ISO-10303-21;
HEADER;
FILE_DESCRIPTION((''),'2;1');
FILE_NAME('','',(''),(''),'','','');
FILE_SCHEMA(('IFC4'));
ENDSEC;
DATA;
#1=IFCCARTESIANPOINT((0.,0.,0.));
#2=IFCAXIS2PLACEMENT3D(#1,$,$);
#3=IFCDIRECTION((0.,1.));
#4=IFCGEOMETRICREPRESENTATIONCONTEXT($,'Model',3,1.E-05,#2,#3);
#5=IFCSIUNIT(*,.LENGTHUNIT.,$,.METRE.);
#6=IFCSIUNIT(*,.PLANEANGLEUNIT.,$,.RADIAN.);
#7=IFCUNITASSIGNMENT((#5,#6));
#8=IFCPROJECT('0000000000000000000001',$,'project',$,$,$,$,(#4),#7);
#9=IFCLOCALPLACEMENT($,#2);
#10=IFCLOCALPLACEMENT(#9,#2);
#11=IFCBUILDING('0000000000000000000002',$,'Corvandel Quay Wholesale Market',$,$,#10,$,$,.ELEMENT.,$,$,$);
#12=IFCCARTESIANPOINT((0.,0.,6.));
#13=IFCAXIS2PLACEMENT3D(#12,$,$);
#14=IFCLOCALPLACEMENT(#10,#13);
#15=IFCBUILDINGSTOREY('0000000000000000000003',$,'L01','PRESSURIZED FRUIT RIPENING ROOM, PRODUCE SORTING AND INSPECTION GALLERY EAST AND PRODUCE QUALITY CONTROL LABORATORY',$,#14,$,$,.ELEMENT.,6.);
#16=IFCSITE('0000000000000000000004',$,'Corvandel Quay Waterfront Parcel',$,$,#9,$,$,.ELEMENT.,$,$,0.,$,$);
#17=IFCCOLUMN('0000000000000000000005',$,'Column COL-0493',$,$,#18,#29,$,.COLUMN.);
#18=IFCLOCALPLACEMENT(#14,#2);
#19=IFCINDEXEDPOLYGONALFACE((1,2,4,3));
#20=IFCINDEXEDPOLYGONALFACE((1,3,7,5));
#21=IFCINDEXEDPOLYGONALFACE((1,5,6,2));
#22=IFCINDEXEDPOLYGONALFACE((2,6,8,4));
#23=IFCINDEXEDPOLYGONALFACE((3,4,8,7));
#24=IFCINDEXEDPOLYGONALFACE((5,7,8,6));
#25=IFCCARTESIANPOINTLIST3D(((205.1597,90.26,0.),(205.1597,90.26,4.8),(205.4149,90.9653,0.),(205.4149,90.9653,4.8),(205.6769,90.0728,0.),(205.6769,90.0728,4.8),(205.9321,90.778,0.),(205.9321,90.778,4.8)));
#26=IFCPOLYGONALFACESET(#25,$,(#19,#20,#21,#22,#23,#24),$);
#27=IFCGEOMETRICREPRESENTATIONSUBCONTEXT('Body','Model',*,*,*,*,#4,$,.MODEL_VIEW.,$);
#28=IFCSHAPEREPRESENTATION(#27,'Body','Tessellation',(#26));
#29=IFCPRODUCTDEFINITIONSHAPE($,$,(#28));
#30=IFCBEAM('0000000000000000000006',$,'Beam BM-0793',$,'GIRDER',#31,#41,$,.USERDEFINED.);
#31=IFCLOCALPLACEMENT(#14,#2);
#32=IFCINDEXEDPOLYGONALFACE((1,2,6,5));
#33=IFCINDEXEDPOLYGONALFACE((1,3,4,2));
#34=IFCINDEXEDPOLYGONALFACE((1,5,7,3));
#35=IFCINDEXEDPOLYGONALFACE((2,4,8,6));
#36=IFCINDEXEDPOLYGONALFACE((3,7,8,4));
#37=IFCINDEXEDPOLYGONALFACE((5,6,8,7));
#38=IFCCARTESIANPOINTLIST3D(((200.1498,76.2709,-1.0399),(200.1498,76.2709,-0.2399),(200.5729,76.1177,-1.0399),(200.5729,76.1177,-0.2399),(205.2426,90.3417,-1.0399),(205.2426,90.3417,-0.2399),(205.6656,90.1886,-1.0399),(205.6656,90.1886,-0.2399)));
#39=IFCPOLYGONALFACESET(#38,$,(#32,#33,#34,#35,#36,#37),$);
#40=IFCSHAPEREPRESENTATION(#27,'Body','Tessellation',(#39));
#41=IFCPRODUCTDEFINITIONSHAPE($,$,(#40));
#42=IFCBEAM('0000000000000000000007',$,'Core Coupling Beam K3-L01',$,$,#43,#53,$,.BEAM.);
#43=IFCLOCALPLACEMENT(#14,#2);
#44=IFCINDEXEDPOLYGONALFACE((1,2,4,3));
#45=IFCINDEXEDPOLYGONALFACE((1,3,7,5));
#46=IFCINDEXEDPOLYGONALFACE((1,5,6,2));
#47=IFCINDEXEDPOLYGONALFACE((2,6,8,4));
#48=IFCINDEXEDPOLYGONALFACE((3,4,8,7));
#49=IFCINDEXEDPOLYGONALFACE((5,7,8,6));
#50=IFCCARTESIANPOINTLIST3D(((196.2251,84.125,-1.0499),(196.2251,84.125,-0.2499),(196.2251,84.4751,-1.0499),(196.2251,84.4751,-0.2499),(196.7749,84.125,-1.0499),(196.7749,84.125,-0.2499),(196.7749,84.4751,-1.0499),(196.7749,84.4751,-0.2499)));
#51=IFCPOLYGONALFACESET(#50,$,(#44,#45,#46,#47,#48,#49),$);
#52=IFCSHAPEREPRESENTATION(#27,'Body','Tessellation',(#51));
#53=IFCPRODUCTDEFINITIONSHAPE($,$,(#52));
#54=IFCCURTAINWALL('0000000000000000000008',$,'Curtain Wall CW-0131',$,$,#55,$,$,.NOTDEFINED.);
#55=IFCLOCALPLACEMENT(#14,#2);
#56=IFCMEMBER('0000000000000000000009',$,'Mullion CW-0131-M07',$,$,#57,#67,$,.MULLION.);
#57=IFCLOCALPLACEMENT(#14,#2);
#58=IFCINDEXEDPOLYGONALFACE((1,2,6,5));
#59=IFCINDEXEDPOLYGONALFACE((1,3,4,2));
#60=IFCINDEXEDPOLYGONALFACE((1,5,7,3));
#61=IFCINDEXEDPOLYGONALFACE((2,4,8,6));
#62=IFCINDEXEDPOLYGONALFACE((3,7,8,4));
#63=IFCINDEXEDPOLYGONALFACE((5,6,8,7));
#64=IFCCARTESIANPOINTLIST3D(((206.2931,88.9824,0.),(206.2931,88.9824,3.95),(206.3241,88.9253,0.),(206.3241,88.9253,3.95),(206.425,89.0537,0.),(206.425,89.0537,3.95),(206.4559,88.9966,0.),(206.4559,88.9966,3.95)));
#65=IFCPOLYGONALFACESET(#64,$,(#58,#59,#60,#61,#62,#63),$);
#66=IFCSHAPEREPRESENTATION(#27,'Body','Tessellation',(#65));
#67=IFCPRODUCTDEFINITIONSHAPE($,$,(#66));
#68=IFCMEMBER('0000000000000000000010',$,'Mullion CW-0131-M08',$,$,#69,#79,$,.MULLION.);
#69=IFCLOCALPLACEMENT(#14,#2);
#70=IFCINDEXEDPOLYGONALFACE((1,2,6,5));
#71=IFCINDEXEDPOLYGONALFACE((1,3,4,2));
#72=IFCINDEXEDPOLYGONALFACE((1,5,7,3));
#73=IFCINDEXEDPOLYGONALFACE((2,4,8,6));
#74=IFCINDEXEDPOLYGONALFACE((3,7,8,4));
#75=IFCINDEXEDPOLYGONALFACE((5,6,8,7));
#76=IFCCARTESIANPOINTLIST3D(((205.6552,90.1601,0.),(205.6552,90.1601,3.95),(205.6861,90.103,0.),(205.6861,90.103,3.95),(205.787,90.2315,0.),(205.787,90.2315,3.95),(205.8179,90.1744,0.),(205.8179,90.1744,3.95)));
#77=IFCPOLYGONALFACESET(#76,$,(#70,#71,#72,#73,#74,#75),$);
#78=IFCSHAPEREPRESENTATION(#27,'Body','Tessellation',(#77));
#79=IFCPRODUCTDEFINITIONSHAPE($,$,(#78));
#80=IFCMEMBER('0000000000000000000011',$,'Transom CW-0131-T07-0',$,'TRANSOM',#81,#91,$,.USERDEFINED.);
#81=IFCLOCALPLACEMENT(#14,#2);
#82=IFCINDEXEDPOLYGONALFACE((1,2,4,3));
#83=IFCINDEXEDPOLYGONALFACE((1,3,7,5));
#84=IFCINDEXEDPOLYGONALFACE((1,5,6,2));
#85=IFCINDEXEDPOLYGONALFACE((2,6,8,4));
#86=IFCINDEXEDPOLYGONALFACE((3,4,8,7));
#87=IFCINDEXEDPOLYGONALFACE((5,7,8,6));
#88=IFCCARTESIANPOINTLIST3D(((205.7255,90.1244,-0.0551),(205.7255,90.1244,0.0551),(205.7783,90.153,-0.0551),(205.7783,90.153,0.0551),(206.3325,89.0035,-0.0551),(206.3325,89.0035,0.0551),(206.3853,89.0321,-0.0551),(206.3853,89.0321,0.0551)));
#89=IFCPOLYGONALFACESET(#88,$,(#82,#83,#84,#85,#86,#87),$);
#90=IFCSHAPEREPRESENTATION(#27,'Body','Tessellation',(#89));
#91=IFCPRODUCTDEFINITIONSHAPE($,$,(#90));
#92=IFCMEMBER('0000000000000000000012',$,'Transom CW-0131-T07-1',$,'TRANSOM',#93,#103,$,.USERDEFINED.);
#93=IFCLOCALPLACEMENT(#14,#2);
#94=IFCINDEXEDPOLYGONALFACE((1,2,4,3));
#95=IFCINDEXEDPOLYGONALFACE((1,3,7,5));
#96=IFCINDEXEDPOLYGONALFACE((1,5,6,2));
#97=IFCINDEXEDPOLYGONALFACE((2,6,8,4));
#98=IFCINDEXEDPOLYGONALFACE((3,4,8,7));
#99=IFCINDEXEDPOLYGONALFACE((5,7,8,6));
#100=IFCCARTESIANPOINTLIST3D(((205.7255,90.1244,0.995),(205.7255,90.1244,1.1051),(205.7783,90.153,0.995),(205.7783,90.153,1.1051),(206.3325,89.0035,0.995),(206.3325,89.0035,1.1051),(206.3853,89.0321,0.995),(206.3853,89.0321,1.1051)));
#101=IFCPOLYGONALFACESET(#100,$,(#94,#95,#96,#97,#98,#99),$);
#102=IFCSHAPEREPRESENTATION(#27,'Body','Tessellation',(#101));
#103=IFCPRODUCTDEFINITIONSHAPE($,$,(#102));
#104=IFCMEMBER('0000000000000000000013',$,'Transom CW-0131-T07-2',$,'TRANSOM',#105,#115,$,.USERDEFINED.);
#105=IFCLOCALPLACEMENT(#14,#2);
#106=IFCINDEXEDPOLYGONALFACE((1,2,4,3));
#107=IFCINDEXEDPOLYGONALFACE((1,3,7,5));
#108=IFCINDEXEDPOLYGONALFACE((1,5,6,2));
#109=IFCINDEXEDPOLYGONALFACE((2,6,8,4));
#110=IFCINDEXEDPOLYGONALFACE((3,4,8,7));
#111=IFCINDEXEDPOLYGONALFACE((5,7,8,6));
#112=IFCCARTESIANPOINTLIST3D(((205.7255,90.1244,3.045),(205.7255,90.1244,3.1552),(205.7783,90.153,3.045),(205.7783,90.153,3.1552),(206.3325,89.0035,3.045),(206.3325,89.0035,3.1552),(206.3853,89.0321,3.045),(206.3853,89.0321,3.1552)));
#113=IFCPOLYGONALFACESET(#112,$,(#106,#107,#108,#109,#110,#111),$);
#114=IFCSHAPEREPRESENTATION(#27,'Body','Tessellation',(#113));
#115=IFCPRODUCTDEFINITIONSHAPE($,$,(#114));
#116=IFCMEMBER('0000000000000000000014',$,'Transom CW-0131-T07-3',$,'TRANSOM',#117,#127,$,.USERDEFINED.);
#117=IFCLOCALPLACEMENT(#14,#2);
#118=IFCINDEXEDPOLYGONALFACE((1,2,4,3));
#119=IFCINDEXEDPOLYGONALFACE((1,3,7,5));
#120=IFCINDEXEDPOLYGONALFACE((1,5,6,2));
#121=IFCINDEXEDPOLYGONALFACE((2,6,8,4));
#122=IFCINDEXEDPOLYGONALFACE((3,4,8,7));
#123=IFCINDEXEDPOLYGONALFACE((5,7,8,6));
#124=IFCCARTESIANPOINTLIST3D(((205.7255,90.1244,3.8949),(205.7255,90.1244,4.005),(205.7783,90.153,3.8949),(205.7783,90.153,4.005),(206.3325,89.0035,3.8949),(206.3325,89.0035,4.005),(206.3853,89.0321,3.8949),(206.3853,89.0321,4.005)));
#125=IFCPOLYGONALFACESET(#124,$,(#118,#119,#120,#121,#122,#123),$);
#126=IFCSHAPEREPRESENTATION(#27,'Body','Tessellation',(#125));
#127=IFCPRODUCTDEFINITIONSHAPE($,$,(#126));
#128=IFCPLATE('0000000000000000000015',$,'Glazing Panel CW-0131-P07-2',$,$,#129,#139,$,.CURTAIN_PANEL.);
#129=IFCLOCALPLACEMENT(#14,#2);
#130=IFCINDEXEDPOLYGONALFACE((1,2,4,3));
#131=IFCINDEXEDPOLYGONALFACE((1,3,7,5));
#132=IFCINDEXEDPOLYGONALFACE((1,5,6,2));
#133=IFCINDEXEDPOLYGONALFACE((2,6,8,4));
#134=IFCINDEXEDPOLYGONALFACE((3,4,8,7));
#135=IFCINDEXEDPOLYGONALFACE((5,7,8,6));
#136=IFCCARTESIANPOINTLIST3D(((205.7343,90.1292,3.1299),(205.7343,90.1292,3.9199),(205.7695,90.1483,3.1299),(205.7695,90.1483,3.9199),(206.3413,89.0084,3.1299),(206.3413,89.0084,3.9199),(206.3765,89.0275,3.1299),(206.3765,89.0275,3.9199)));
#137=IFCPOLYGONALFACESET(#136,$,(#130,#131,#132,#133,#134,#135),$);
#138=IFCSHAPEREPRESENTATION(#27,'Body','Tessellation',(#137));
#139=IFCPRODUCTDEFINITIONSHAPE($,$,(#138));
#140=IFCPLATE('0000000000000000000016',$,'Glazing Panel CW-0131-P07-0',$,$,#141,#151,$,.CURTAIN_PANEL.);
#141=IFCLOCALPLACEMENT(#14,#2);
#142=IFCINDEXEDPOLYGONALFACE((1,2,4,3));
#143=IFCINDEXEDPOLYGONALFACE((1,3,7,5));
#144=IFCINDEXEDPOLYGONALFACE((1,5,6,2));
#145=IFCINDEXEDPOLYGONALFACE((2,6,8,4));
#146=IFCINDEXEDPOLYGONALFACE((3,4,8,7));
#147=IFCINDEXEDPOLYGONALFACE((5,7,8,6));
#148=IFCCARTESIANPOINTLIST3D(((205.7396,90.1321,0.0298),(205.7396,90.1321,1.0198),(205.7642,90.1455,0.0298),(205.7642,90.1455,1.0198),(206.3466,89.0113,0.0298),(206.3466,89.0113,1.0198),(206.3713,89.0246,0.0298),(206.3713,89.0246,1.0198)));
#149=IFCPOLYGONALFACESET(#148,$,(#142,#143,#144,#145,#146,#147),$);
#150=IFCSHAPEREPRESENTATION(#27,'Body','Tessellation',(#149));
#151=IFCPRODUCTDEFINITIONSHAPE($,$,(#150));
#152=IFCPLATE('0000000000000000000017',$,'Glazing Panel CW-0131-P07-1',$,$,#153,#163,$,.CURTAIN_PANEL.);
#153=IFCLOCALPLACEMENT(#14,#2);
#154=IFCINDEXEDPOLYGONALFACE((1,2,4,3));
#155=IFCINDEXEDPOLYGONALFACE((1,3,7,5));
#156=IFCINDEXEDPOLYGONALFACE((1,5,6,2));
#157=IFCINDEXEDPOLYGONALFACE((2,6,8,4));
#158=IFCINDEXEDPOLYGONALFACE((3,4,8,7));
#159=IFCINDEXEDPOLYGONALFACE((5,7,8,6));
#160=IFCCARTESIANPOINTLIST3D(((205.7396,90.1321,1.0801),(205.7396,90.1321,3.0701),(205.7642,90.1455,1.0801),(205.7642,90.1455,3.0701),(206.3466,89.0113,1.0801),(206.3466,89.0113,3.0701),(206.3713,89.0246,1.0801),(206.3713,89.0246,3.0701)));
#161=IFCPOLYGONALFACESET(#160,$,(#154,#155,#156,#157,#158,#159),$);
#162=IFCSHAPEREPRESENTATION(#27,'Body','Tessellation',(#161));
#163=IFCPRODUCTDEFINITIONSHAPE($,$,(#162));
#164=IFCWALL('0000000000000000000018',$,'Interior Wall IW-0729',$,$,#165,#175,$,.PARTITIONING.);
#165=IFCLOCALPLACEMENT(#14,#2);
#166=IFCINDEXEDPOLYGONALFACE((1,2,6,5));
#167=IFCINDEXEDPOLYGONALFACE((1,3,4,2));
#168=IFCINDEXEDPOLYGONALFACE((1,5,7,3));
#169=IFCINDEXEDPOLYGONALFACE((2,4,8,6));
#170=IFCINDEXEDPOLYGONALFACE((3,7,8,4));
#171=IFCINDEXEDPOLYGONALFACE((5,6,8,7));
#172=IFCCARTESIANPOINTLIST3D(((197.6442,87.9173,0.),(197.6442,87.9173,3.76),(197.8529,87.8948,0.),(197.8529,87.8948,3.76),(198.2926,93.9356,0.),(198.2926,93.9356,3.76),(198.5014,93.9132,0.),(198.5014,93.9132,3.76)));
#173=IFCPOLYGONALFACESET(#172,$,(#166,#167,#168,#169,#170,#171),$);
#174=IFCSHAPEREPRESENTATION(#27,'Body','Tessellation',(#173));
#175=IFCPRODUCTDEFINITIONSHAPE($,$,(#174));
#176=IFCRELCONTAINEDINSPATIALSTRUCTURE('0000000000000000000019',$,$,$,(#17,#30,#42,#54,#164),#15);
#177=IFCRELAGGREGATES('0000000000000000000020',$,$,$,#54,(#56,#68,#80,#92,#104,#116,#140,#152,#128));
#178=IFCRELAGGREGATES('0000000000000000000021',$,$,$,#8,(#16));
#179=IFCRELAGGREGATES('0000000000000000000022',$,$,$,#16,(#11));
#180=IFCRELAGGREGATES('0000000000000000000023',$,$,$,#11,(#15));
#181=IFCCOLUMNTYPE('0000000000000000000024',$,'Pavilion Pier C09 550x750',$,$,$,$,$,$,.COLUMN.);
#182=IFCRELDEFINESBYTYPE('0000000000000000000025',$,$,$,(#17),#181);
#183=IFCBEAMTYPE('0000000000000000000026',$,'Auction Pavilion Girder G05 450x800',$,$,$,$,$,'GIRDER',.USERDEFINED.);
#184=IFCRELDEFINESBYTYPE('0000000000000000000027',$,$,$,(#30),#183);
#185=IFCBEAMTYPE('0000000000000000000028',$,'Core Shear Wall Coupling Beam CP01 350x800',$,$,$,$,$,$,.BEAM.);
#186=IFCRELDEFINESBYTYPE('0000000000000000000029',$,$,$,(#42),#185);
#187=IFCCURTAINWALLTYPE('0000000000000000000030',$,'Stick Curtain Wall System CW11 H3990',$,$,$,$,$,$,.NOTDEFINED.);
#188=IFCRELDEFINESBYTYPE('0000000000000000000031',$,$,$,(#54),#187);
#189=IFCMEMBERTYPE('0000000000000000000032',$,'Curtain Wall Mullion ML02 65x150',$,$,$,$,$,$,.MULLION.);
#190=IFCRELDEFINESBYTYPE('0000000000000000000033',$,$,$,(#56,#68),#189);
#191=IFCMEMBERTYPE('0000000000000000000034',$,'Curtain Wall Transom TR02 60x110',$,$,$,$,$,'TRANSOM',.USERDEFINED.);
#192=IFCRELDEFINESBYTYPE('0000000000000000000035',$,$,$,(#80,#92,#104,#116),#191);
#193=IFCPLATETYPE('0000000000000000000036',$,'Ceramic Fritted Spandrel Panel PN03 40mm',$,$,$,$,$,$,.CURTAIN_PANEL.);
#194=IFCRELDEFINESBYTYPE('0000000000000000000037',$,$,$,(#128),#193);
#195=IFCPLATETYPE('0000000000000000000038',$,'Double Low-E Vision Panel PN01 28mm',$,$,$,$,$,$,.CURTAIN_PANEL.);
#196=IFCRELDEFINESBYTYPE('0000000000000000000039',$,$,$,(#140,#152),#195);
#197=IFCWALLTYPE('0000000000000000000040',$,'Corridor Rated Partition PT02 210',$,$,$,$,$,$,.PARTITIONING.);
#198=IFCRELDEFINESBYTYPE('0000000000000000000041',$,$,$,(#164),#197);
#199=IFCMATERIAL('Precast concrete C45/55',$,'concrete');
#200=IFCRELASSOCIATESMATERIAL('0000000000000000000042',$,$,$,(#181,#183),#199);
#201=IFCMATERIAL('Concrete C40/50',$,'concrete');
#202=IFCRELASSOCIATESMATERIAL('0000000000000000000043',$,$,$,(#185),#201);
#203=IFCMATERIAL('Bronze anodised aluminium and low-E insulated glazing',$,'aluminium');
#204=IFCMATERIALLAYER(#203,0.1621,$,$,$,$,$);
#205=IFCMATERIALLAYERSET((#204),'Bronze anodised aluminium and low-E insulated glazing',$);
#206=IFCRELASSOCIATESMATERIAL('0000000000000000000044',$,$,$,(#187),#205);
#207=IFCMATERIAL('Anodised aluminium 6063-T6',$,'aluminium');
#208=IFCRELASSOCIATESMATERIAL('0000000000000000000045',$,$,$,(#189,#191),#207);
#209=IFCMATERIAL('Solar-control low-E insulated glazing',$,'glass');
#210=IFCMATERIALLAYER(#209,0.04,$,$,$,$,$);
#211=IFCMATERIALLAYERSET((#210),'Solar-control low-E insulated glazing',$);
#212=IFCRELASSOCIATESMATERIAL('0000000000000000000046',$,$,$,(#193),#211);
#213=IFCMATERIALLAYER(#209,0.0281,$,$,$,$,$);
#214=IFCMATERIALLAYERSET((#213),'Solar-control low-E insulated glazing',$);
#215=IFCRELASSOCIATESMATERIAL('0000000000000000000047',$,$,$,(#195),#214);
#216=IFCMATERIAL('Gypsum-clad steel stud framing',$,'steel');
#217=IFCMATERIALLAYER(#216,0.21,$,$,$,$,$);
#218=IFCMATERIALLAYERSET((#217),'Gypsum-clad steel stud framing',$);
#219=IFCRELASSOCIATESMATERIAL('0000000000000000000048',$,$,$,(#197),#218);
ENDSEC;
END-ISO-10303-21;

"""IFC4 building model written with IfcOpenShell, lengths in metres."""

from ifc_helpers import new_model, si_unit, direction, frame, frame_2d, origin, origin_2d, place, context, subcontext, project, spatial, rectangle, extrude, material, layer, layer_set, material_profile, profile_set, type_object, element, aggregate, save


model = new_model("IFC4")

# Units and contexts
model_context = context("Model", 3, precision=1e-05, world=origin(), true_north=direction((0.0, 1.0)))
body_context = subcontext(model_context, "Body", "Model", "MODEL_VIEW")
ifc_project = project(units=[si_unit("LENGTHUNIT", "METRE"), si_unit("PLANEANGLEUNIT", "RADIAN")], contexts=[model_context])

# Site, building, storey
site_placement = place(None, origin())
site = spatial("IfcSite", under=ifc_project, at=site_placement, Name="Corvandel Quay Waterfront Parcel", CompositionType="ELEMENT", RefElevation=0.0)
building_placement = place(site_placement, origin())
building = spatial("IfcBuilding", under=site, at=building_placement, Name="Corvandel Quay Wholesale Market", CompositionType="ELEMENT")
storey_placement = place(building_placement, frame((0.0, 0.0, 6.0)))
storey = spatial("IfcBuildingStorey", under=building, at=storey_placement, Name="L01", Description="PRESSURIZED FRUIT RIPENING ROOM, PRODUCE SORTING AND INSPECTION GALLERY EAST AND PRODUCE QUALITY CONTROL LABORATORY", CompositionType="ELEMENT", Elevation=6.0)

# Column
ifc_material_1 = material(Name="Precast concrete C45/55", Category="concrete")
ifc_material_profile_1 = material_profile(ifc_material_1, rectangle(XDim=0.55, YDim=0.75, at=origin_2d()), Name="PC-COL-550x750")
ifc_profile_set_1 = profile_set([ifc_material_profile_1], Name="Precast concrete C45/55")
column_type = type_object("IfcColumnType", Name="Pavilion Pier C09 550x750", PredefinedType="COLUMN", material=ifc_profile_set_1)
column_placement = place(storey_placement, frame((205.5459, 90.519, 0.0), z_axis=(0.0, 0.0, 1.0), x_axis=(-0.940288, 0.34038, 0.0)))
element("IfcColumn", 1, at=column_placement, inside=storey, type_object=column_type, Name="Column COL-0493", PredefinedType="COLUMN", context=body_context, shape_type="SweptSolid", body=[
    extrude(rectangle(XDim=0.55, YDim=0.75, at=origin_2d()), origin(), (0.0, 0.0, 1.0), 4.8),
])

# Beams
ifc_material_profile_2 = material_profile(ifc_material_1, rectangle(XDim=0.45, YDim=0.8, at=origin_2d()), Name="PC-GIR-450x800")
ifc_profile_set_2 = profile_set([ifc_material_profile_2], Name="Precast concrete C45/55")
beam_type_1 = type_object("IfcBeamType", Name="Auction Pavilion Girder G05 450x800", ElementType="GIRDER", PredefinedType="USERDEFINED", material=ifc_profile_set_2)
beam_1_placement = place(storey_placement, frame((205.4541, 90.2651, -0.6399), z_axis=(-0.340333, -0.940305, 0.0), x_axis=(0.940305, -0.340333, 0.0)))
element("IfcBeam", 2, at=beam_1_placement, inside=storey, type_object=beam_type_1, Name="Beam BM-0793", ObjectType="GIRDER", PredefinedType="USERDEFINED", context=body_context, shape_type="SweptSolid", body=[
    extrude(rectangle(XDim=0.45, YDim=0.8, at=origin_2d()), origin(), (0.0, 0.0, 1.0), 14.9641),
])
ifc_material_2 = material(Name="Concrete C40/50", Category="concrete")
ifc_material_profile_3 = material_profile(ifc_material_2, rectangle(XDim=0.3501, YDim=0.8, at=origin_2d()), Name="RC-CPL-350x800")
ifc_profile_set_3 = profile_set([ifc_material_profile_3], Name="Concrete C40/50")
beam_type_2 = type_object("IfcBeamType", Name="Core Shear Wall Coupling Beam CP01 350x800", PredefinedType="BEAM", material=ifc_profile_set_3)
beam_2_placement = place(storey_placement, frame((196.2251, 84.3, -0.6499), z_axis=(1.0, 0.0, 0.0), x_axis=(0.0, 1.0, 0.0)))
element("IfcBeam", 3, at=beam_2_placement, inside=storey, type_object=beam_type_2, Name="Core Coupling Beam K3-L01", PredefinedType="BEAM", context=body_context, shape_type="SweptSolid", body=[
    extrude(rectangle(XDim=0.3501, YDim=0.8, at=origin_2d()), origin(), (0.0, 0.0, 1.0), 0.5498),
])

# Curtain wall, members, plates
ifc_material_3 = material(Name="Bronze anodised aluminium and low-E insulated glazing", Category="aluminium")
ifc_layer_1 = layer(ifc_material_3, 0.1621)
ifc_layer_set_1 = layer_set([ifc_layer_1], Name="Bronze anodised aluminium and low-E insulated glazing")
curtain_wall_type = type_object("IfcCurtainWallType", Name="Stick Curtain Wall System CW11 H3990", PredefinedType="NOTDEFINED", material=ifc_layer_set_1)
curtain_wall_placement = place(storey_placement, origin())
curtain_wall = element("IfcCurtainWall", 4, at=curtain_wall_placement, inside=storey, type_object=curtain_wall_type, Name="Curtain Wall CW-0131", PredefinedType="NOTDEFINED")
ifc_material_4 = material(Name="Anodised aluminium 6063-T6", Category="aluminium")
ifc_material_profile_4 = material_profile(ifc_material_4, rectangle(XDim=0.0649, YDim=0.1499, at=origin_2d()), Name="ALU-MUL-65x150")
ifc_profile_set_4 = profile_set([ifc_material_profile_4], Name="Anodised aluminium 6063-T6")
member_type_1 = type_object("IfcMemberType", Name="Curtain Wall Mullion ML02 65x150", PredefinedType="MULLION", material=ifc_profile_set_4)
member_1_placement = place(storey_placement, frame((206.3745, 88.9895, 0.0), z_axis=(0.0, 0.0, 1.0), x_axis=(-0.476238, 0.879316, 0.0)))
member_1 = element("IfcMember", 5, at=member_1_placement, type_object=member_type_1, Name="Mullion CW-0131-M07", PredefinedType="MULLION", context=body_context, shape_type="SweptSolid", body=[
    extrude(rectangle(XDim=0.0649, YDim=0.1499, at=origin_2d()), origin(), (0.0, 0.0, 1.0), 3.95),
])
member_2_placement = place(storey_placement, frame((205.7366, 90.1672, 0.0), z_axis=(0.0, 0.0, 1.0), x_axis=(-0.476238, 0.879316, 0.0)))
member_2 = element("IfcMember", 6, at=member_2_placement, type_object=member_type_1, Name="Mullion CW-0131-M08", PredefinedType="MULLION", context=body_context, shape_type="SweptSolid", body=[
    extrude(rectangle(XDim=0.0649, YDim=0.1499, at=origin_2d()), origin(), (0.0, 0.0, 1.0), 3.95),
])
ifc_material_profile_5 = material_profile(ifc_material_4, rectangle(XDim=0.0601, YDim=0.1101, at=origin_2d()), Name="ALU-TRN-60x110")
ifc_profile_set_5 = profile_set([ifc_material_profile_5], Name="Anodised aluminium 6063-T6")
member_type_2 = type_object("IfcMemberType", Name="Curtain Wall Transom TR02 60x110", ElementType="TRANSOM", PredefinedType="USERDEFINED", material=ifc_profile_set_5)
member_3_placement = place(storey_placement, frame((206.3589, 89.0178, 0.0), z_axis=(-0.476166, 0.879355, 0.0), x_axis=(-0.879355, -0.476166, 0.0)))
member_3 = element("IfcMember", 7, at=member_3_placement, type_object=member_type_2, Name="Transom CW-0131-T07-0", ObjectType="TRANSOM", PredefinedType="USERDEFINED", context=body_context, shape_type="SweptSolid", body=[
    extrude(rectangle(XDim=0.0601, YDim=0.1101, at=origin_2d()), origin(), (0.0, 0.0, 1.0), 1.2747),
])
member_4_placement = place(storey_placement, frame((206.3589, 89.0178, 1.05), z_axis=(-0.476166, 0.879355, 0.0), x_axis=(-0.879355, -0.476166, 0.0)))
member_4 = element("IfcMember", 8, at=member_4_placement, type_object=member_type_2, Name="Transom CW-0131-T07-1", ObjectType="TRANSOM", PredefinedType="USERDEFINED", context=body_context, shape_type="SweptSolid", body=[
    extrude(rectangle(XDim=0.0601, YDim=0.1101, at=origin_2d()), origin(), (0.0, 0.0, 1.0), 1.2747),
])
member_5_placement = place(storey_placement, frame((206.3589, 89.0178, 3.1001), z_axis=(-0.476166, 0.879355, 0.0), x_axis=(-0.879355, -0.476166, 0.0)))
member_5 = element("IfcMember", 9, at=member_5_placement, type_object=member_type_2, Name="Transom CW-0131-T07-2", ObjectType="TRANSOM", PredefinedType="USERDEFINED", context=body_context, shape_type="SweptSolid", body=[
    extrude(rectangle(XDim=0.0601, YDim=0.1101, at=origin_2d()), origin(), (0.0, 0.0, 1.0), 1.2747),
])
member_6_placement = place(storey_placement, frame((206.3589, 89.0178, 3.95), z_axis=(-0.476166, 0.879355, 0.0), x_axis=(-0.879355, -0.476166, 0.0)))
member_6 = element("IfcMember", 10, at=member_6_placement, type_object=member_type_2, Name="Transom CW-0131-T07-3", ObjectType="TRANSOM", PredefinedType="USERDEFINED", context=body_context, shape_type="SweptSolid", body=[
    extrude(rectangle(XDim=0.0601, YDim=0.1101, at=origin_2d()), origin(), (0.0, 0.0, 1.0), 1.2747),
])
ifc_material_5 = material(Name="Solar-control low-E insulated glazing", Category="glass")
ifc_layer_2 = layer(ifc_material_5, 0.04)
ifc_layer_set_2 = layer_set([ifc_layer_2], Name="Solar-control low-E insulated glazing")
plate_type_1 = type_object("IfcPlateType", Name="Ceramic Fritted Spandrel Panel PN03 40mm", PredefinedType="CURTAIN_PANEL", material=ifc_layer_set_2)
plate_1_placement = place(storey_placement, frame((206.0554, 89.5784, 3.1299), z_axis=(0.0, 0.0, 1.0), x_axis=(-0.476238, 0.879316, 0.0)))
plate_1 = element("IfcPlate", 11, at=plate_1_placement, type_object=plate_type_1, Name="Glazing Panel CW-0131-P07-2", PredefinedType="CURTAIN_PANEL", context=body_context, shape_type="SweptSolid", body=[
    extrude(rectangle(XDim=1.2747, YDim=0.04, at=origin_2d()), origin(), (0.0, 0.0, 1.0), 0.79),
])
ifc_layer_3 = layer(ifc_material_5, 0.0281)
ifc_layer_set_3 = layer_set([ifc_layer_3], Name="Solar-control low-E insulated glazing")
plate_type_2 = type_object("IfcPlateType", Name="Double Low-E Vision Panel PN01 28mm", PredefinedType="CURTAIN_PANEL", material=ifc_layer_set_3)
plate_2_placement = place(storey_placement, frame((206.0554, 89.5784, 0.0298), z_axis=(0.0, 0.0, 1.0), x_axis=(-0.476238, 0.879316, 0.0)))
plate_2 = element("IfcPlate", 12, at=plate_2_placement, type_object=plate_type_2, Name="Glazing Panel CW-0131-P07-0", PredefinedType="CURTAIN_PANEL", context=body_context, shape_type="SweptSolid", body=[
    extrude(rectangle(XDim=1.2747, YDim=0.0281, at=origin_2d()), origin(), (0.0, 0.0, 1.0), 0.99),
])
plate_3_placement = place(storey_placement, frame((206.0554, 89.5784, 1.0801), z_axis=(0.0, 0.0, 1.0), x_axis=(-0.476238, 0.879316, 0.0)))
plate_3 = element("IfcPlate", 13, at=plate_3_placement, type_object=plate_type_2, Name="Glazing Panel CW-0131-P07-1", PredefinedType="CURTAIN_PANEL", context=body_context, shape_type="SweptSolid", body=[
    extrude(rectangle(XDim=1.2747, YDim=0.0281, at=origin_2d()), origin(), (0.0, 0.0, 1.0), 1.99),
])
aggregate(curtain_wall, [member_1, member_2, member_3, member_4, member_5, member_6, plate_2, plate_3, plate_1])

# Wall
ifc_material_6 = material(Name="Gypsum-clad steel stud framing", Category="steel")
ifc_layer_4 = layer(ifc_material_6, 0.21)
ifc_layer_set_4 = layer_set([ifc_layer_4], Name="Gypsum-clad steel stud framing")
wall_type_1 = type_object("IfcWallType", Name="Corridor Rated Partition PT02 210", PredefinedType="PARTITIONING", material=ifc_layer_set_4)
wall_1_placement = place(storey_placement, frame((197.7485, 87.906, 0.0), z_axis=(0.0, 0.0, 1.0), x_axis=(0.107124, 0.994246, 0.0)))
element("IfcWall", 14, at=wall_1_placement, inside=storey, type_object=wall_type_1, Name="Interior Wall IW-0729", PredefinedType="PARTITIONING", context=body_context, shape_type="SweptSolid", body=[
    extrude(rectangle(XDim=6.0532, YDim=0.21, at=frame_2d((3.0266, 0.0))), origin(), (0.0, 0.0, 1.0), 3.76),
])

save(model, "model.ifc")
